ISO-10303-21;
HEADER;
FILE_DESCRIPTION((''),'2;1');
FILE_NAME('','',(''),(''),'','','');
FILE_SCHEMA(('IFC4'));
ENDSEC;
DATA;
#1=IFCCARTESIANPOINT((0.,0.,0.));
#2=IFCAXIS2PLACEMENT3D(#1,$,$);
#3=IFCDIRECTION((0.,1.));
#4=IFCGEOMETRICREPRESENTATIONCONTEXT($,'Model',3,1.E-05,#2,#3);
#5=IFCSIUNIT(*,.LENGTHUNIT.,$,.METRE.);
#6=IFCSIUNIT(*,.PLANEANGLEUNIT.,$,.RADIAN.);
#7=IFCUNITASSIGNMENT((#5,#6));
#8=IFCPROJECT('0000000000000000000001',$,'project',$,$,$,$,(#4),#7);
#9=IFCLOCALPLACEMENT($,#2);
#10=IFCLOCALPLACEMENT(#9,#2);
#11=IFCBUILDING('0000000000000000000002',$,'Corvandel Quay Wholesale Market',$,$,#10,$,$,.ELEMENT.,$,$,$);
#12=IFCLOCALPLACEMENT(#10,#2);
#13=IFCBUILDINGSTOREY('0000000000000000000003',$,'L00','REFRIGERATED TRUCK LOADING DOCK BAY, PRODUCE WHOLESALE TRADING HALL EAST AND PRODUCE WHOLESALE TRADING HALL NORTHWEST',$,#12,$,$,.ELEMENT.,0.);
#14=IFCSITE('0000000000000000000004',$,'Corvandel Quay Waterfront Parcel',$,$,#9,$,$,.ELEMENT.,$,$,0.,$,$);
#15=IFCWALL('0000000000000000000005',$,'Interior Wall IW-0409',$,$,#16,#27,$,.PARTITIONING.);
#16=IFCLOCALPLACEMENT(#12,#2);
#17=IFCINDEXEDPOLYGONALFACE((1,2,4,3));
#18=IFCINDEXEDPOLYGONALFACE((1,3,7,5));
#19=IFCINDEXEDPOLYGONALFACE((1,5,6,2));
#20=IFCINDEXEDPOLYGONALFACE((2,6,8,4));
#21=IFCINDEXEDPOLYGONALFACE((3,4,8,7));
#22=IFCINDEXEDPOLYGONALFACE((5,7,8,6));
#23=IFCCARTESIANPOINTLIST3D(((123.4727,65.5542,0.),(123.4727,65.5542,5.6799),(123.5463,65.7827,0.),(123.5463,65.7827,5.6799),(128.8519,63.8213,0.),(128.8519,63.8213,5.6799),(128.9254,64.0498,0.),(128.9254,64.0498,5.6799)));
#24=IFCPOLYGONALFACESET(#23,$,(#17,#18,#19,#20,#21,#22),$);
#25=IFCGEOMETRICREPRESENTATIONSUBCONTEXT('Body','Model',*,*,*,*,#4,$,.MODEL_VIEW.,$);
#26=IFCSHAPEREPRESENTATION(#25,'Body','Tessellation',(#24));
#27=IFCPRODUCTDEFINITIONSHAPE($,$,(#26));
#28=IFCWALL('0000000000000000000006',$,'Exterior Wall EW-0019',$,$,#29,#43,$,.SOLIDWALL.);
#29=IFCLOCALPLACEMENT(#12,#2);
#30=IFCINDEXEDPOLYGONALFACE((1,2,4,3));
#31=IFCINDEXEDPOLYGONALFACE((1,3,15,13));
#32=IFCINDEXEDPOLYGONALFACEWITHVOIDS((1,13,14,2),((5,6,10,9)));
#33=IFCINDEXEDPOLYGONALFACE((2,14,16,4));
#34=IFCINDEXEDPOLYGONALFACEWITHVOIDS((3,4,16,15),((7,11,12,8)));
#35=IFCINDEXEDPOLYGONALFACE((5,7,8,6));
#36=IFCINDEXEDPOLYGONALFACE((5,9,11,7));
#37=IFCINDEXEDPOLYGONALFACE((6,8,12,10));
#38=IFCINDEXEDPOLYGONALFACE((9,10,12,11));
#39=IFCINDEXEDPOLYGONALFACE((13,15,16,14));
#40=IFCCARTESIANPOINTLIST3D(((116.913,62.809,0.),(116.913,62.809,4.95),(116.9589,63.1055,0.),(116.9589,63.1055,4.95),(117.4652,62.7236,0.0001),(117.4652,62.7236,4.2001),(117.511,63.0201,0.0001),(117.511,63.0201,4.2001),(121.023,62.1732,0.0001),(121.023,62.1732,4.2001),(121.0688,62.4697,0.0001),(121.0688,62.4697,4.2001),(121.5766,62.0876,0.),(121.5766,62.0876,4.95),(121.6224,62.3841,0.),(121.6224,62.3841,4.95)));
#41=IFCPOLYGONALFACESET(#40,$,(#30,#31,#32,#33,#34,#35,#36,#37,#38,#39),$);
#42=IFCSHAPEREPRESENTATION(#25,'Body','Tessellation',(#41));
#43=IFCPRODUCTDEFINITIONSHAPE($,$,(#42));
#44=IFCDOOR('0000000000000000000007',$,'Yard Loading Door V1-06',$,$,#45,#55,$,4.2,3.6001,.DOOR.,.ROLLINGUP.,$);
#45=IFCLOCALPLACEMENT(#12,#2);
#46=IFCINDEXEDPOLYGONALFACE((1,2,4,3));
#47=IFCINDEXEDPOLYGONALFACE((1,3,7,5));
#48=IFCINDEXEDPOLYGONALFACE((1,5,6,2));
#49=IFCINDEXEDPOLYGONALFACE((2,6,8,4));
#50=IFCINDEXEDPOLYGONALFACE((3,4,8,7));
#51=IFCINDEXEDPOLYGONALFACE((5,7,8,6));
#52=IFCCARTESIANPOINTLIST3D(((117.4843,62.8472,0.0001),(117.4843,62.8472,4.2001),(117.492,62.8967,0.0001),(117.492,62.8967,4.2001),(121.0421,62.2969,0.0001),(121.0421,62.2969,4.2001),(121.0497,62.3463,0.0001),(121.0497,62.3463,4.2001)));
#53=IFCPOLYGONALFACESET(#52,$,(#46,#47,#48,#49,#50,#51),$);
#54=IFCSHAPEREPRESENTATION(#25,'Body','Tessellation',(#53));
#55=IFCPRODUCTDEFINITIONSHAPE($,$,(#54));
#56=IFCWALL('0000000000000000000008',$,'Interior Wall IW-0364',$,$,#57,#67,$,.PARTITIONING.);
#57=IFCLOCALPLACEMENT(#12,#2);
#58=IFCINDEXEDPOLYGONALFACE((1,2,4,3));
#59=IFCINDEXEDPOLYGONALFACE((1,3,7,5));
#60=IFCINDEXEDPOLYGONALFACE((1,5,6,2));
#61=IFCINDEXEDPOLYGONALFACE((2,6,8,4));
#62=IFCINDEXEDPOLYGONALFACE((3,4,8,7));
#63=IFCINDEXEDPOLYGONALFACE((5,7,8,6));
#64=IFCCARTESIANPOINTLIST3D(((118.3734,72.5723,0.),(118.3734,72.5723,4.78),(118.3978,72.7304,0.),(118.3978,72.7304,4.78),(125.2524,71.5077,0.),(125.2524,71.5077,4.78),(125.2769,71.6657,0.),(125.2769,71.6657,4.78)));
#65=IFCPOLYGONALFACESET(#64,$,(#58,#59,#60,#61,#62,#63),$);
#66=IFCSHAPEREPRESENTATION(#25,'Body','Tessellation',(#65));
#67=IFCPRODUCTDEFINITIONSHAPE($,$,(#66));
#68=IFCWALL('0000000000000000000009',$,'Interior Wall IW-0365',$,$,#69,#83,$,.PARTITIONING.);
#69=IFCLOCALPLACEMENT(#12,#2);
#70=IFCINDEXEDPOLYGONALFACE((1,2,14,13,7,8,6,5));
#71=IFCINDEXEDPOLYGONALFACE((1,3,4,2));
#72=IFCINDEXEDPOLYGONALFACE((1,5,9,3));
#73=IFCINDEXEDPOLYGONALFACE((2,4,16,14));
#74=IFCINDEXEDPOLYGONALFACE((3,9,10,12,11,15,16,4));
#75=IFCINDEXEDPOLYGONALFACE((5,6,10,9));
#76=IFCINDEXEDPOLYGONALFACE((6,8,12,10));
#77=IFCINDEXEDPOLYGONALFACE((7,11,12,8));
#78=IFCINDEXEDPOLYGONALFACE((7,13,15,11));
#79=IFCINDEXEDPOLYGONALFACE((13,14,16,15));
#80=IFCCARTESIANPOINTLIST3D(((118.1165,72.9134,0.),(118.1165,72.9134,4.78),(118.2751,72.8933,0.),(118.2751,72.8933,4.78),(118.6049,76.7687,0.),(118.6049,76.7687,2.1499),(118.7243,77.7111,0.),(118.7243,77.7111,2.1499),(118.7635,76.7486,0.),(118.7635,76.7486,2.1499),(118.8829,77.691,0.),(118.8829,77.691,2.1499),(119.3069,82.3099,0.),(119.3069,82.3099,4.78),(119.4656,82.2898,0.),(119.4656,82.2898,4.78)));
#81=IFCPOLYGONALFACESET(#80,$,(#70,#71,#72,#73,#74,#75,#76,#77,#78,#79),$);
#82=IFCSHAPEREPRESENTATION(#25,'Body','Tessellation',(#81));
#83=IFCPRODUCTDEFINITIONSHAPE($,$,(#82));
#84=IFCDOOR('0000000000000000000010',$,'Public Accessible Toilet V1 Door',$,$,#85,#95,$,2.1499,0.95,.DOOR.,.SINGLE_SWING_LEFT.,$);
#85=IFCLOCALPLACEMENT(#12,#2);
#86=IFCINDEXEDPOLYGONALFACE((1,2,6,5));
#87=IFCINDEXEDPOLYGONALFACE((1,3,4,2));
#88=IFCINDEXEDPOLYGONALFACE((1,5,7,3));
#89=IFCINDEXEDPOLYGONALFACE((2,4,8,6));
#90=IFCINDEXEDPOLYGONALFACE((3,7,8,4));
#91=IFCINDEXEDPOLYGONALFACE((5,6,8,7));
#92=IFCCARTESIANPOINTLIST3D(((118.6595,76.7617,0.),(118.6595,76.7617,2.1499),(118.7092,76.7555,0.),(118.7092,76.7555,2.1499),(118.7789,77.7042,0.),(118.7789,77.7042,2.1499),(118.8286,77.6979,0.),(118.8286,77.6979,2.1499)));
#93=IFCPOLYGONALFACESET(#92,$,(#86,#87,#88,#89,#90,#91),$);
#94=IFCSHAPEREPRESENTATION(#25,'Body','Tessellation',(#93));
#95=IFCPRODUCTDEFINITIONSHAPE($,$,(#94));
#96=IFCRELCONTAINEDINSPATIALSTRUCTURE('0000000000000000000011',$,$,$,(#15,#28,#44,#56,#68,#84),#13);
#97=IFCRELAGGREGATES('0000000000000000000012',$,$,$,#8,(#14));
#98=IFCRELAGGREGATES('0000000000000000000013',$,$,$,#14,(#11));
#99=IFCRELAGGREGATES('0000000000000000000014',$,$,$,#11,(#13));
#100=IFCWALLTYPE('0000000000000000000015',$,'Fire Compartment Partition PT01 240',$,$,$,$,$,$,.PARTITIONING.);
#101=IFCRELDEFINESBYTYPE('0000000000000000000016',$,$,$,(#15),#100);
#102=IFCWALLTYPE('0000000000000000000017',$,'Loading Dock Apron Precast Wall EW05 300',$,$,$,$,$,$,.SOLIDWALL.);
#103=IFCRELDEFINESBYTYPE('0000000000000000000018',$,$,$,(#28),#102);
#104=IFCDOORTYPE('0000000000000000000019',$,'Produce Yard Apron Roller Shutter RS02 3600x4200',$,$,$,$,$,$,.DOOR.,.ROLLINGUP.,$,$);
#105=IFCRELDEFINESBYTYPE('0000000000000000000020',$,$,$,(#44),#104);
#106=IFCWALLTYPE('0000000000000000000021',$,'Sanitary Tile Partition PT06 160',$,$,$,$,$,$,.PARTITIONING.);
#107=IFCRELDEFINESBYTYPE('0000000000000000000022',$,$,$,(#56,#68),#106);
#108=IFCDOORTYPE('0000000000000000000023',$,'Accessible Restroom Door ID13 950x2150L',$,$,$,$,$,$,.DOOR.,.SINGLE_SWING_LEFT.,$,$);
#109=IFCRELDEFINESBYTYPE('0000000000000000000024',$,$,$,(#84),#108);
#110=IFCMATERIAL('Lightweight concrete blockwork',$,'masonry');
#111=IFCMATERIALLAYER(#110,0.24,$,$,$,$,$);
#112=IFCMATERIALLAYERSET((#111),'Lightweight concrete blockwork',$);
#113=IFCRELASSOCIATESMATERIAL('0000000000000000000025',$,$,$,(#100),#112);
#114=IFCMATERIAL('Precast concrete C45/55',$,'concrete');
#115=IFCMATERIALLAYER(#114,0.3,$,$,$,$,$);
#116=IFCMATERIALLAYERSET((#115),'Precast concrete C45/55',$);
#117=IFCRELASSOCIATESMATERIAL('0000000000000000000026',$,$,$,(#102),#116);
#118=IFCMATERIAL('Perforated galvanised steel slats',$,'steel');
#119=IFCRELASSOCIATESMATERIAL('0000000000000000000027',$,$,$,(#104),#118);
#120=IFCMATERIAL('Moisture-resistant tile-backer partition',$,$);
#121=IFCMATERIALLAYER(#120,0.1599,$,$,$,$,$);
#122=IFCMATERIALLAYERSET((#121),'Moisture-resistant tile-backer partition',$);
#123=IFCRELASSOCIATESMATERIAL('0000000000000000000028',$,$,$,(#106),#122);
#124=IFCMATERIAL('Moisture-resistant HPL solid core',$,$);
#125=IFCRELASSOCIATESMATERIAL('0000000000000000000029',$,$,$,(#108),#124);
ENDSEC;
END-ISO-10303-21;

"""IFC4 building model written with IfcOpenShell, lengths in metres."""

from ifc_helpers import new_model, si_unit, direction, frame, frame_2d, origin, place, context, subcontext, project, spatial, rectangle, extrude, material, layer, layer_set, type_object, element, fill, save


model = new_model("IFC4")

# Units and contexts
model_context = context("Model", 3, precision=1e-05, world=origin(), true_north=direction((0.0, 1.0)))
body_context = subcontext(model_context, "Body", "Model", "MODEL_VIEW")
ifc_project = project(units=[si_unit("LENGTHUNIT", "METRE"), si_unit("PLANEANGLEUNIT", "RADIAN")], contexts=[model_context])

# Site, building, storey
site_placement = place(None, origin())
site = spatial("IfcSite", under=ifc_project, at=site_placement, Name="Corvandel Quay Waterfront Parcel", CompositionType="ELEMENT", RefElevation=0.0)
building_placement = place(site_placement, origin())
building = spatial("IfcBuilding", under=site, at=building_placement, Name="Corvandel Quay Wholesale Market", CompositionType="ELEMENT")
storey_placement = place(building_placement, origin())
storey = spatial("IfcBuildingStorey", under=building, at=storey_placement, Name="L00", Description="REFRIGERATED TRUCK LOADING DOCK BAY, PRODUCE WHOLESALE TRADING HALL EAST AND PRODUCE WHOLESALE TRADING HALL NORTHWEST", CompositionType="ELEMENT", Elevation=0.0)

# Shared definitions
ifc_material_1 = material(Name="Precast concrete C45/55", Category="concrete")

# Shared definitions
ifc_material_2 = material(Name="Lightweight concrete blockwork", Category="masonry")
ifc_layer_1 = layer(ifc_material_2, 0.24)
ifc_layer_set_1 = layer_set([ifc_layer_1], Name="Lightweight concrete blockwork")
wall_type_1 = type_object("IfcWallType", Name="Fire Compartment Partition PT01 240", PredefinedType="PARTITIONING", material=ifc_layer_set_1)

# Wall
wall_1_placement = place(storey_placement, frame((123.5095, 65.6685, 0.0), z_axis=(0.0, 0.0, 1.0), x_axis=(0.951827, -0.306634, 0.0)))
element("IfcWall", 1, at=wall_1_placement, inside=storey, type_object=wall_type_1, Name="Interior Wall IW-0409", PredefinedType="PARTITIONING", context=body_context, shape_type="SweptSolid", body=[
    extrude(rectangle(XDim=5.6514, YDim=0.24, at=frame_2d((2.8257, 0.0))), origin(), (0.0, 0.0, 1.0), 5.6799),
])

# Wall, opening, door
ifc_layer_2 = layer(ifc_material_1, 0.3)
ifc_layer_set_2 = layer_set([ifc_layer_2], Name="Precast concrete C45/55")
wall_type_2 = type_object("IfcWallType", Name="Loading Dock Apron Precast Wall EW05 300", PredefinedType="SOLIDWALL", material=ifc_layer_set_2)
wall_2_placement = place(storey_placement, frame((121.5994, 62.2358, 0.0), z_axis=(0.0, 0.0, 1.0), x_axis=(-0.988245, 0.152877, 0.0)))
wall_2 = element("IfcWall", 2, at=wall_2_placement, inside=storey, type_object=wall_type_2, Name="Exterior Wall EW-0019", PredefinedType="SOLIDWALL", context=body_context, shape_type="SweptSolid", body=[
    extrude(rectangle(XDim=4.719, YDim=0.3, at=frame_2d((2.3594, 0.0))), origin(), (0.0, 0.0, 1.0), 4.95),
])
opening_1_placement = place(wall_2_placement, frame((0.5601, 0.0, 0.0)))
opening_1 = element("IfcOpeningElement", 3, at=opening_1_placement, cuts=wall_2, PredefinedType="OPENING", context=body_context, shape_type="SweptSolid", body=[
    extrude(rectangle(XDim=3.6001, YDim=4.2, at=frame_2d((1.8, 2.1001))), frame((0.0, 0.1599, 0.0), z_axis=(0.0, -1.0, 0.0), x_axis=(1.0, 0.0, 0.0)), (0.0, 0.0, 1.0), 0.3201),
])
ifc_material_3 = material(Name="Perforated galvanised steel slats", Category="steel")
door_type_1 = type_object("IfcDoorType", Name="Produce Yard Apron Roller Shutter RS02 3600x4200", OperationType="ROLLINGUP", PredefinedType="DOOR", material=ifc_material_3)
door_1_placement = place(opening_1_placement, origin())
door_1 = element("IfcDoor", 4, at=door_1_placement, inside=storey, type_object=door_type_1, Name="Yard Loading Door V1-06", OperationType="ROLLINGUP", OverallHeight=4.2, OverallWidth=3.6001, PredefinedType="DOOR", context=body_context, shape_type="SweptSolid", body=[
    extrude(rectangle(XDim=3.6001, YDim=4.2, at=frame_2d((1.8, 2.1001))), frame((0.0, 0.0249, 0.0), z_axis=(0.0, -1.0, 0.0), x_axis=(1.0, 0.0, 0.0)), (0.0, 0.0, 1.0), 0.05),
])
fill(opening_1, door_1)

# Wall
ifc_material_4 = material(Name="Moisture-resistant tile-backer partition")
ifc_layer_3 = layer(ifc_material_4, 0.1599)
ifc_layer_set_3 = layer_set([ifc_layer_3], Name="Moisture-resistant tile-backer partition")
wall_type_3 = type_object("IfcWallType", Name="Sanitary Tile Partition PT06 160", PredefinedType="PARTITIONING", material=ifc_layer_set_3)
wall_3_placement = place(storey_placement, frame((125.2646, 71.5867, 0.0), z_axis=(0.0, 0.0, 1.0), x_axis=(-0.988234, 0.152951, 0.0)))
element("IfcWall", 5, at=wall_3_placement, inside=storey, type_object=wall_type_3, Name="Interior Wall IW-0364", PredefinedType="PARTITIONING", context=body_context, shape_type="SweptSolid", body=[
    extrude(rectangle(XDim=6.9609, YDim=0.1599, at=frame_2d((3.4805, 0.0))), origin(), (0.0, 0.0, 1.0), 4.78),
])

# Wall, opening, door
wall_4_placement = place(storey_placement, frame((118.1958, 72.9033, 0.0), z_axis=(0.0, 0.0, 1.0), x_axis=(0.125684, 0.99207, 0.0)))
wall_4 = element("IfcWall", 6, at=wall_4_placement, inside=storey, type_object=wall_type_3, Name="Interior Wall IW-0365", PredefinedType="PARTITIONING", context=body_context, shape_type="SweptSolid", body=[
    extrude(rectangle(XDim=9.4717, YDim=0.1599, at=frame_2d((4.7358, 0.0))), origin(), (0.0, 0.0, 1.0), 4.78),
])
opening_2_placement = place(wall_4_placement, frame((3.886, 0.0, 0.0)))
opening_2 = element("IfcOpeningElement", 7, at=opening_2_placement, cuts=wall_4, PredefinedType="OPENING", context=body_context, shape_type="SweptSolid", body=[
    extrude(rectangle(XDim=0.95, YDim=2.1499, at=frame_2d((0.4751, 1.075))), frame((0.0, 0.0898, 0.0), z_axis=(0.0, -1.0, 0.0), x_axis=(1.0, 0.0, 0.0)), (0.0, 0.0, 1.0), 0.1799),
])
ifc_material_5 = material(Name="Moisture-resistant HPL solid core")
door_type_2 = type_object("IfcDoorType", Name="Accessible Restroom Door ID13 950x2150L", OperationType="SINGLE_SWING_LEFT", PredefinedType="DOOR", material=ifc_material_5)
door_2_placement = place(opening_2_placement, origin())
door_2 = element("IfcDoor", 8, at=door_2_placement, inside=storey, type_object=door_type_2, Name="Public Accessible Toilet V1 Door", OperationType="SINGLE_SWING_LEFT", OverallHeight=2.1499, OverallWidth=0.95, PredefinedType="DOOR", context=body_context, shape_type="SweptSolid", body=[
    extrude(rectangle(XDim=0.95, YDim=2.1499, at=frame_2d((0.4751, 1.075))), frame((0.0, 0.0249, 0.0), z_axis=(0.0, -1.0, 0.0), x_axis=(1.0, 0.0, 0.0)), (0.0, 0.0, 1.0), 0.05),
])
fill(opening_2, door_2)

save(model, "model.ifc")
